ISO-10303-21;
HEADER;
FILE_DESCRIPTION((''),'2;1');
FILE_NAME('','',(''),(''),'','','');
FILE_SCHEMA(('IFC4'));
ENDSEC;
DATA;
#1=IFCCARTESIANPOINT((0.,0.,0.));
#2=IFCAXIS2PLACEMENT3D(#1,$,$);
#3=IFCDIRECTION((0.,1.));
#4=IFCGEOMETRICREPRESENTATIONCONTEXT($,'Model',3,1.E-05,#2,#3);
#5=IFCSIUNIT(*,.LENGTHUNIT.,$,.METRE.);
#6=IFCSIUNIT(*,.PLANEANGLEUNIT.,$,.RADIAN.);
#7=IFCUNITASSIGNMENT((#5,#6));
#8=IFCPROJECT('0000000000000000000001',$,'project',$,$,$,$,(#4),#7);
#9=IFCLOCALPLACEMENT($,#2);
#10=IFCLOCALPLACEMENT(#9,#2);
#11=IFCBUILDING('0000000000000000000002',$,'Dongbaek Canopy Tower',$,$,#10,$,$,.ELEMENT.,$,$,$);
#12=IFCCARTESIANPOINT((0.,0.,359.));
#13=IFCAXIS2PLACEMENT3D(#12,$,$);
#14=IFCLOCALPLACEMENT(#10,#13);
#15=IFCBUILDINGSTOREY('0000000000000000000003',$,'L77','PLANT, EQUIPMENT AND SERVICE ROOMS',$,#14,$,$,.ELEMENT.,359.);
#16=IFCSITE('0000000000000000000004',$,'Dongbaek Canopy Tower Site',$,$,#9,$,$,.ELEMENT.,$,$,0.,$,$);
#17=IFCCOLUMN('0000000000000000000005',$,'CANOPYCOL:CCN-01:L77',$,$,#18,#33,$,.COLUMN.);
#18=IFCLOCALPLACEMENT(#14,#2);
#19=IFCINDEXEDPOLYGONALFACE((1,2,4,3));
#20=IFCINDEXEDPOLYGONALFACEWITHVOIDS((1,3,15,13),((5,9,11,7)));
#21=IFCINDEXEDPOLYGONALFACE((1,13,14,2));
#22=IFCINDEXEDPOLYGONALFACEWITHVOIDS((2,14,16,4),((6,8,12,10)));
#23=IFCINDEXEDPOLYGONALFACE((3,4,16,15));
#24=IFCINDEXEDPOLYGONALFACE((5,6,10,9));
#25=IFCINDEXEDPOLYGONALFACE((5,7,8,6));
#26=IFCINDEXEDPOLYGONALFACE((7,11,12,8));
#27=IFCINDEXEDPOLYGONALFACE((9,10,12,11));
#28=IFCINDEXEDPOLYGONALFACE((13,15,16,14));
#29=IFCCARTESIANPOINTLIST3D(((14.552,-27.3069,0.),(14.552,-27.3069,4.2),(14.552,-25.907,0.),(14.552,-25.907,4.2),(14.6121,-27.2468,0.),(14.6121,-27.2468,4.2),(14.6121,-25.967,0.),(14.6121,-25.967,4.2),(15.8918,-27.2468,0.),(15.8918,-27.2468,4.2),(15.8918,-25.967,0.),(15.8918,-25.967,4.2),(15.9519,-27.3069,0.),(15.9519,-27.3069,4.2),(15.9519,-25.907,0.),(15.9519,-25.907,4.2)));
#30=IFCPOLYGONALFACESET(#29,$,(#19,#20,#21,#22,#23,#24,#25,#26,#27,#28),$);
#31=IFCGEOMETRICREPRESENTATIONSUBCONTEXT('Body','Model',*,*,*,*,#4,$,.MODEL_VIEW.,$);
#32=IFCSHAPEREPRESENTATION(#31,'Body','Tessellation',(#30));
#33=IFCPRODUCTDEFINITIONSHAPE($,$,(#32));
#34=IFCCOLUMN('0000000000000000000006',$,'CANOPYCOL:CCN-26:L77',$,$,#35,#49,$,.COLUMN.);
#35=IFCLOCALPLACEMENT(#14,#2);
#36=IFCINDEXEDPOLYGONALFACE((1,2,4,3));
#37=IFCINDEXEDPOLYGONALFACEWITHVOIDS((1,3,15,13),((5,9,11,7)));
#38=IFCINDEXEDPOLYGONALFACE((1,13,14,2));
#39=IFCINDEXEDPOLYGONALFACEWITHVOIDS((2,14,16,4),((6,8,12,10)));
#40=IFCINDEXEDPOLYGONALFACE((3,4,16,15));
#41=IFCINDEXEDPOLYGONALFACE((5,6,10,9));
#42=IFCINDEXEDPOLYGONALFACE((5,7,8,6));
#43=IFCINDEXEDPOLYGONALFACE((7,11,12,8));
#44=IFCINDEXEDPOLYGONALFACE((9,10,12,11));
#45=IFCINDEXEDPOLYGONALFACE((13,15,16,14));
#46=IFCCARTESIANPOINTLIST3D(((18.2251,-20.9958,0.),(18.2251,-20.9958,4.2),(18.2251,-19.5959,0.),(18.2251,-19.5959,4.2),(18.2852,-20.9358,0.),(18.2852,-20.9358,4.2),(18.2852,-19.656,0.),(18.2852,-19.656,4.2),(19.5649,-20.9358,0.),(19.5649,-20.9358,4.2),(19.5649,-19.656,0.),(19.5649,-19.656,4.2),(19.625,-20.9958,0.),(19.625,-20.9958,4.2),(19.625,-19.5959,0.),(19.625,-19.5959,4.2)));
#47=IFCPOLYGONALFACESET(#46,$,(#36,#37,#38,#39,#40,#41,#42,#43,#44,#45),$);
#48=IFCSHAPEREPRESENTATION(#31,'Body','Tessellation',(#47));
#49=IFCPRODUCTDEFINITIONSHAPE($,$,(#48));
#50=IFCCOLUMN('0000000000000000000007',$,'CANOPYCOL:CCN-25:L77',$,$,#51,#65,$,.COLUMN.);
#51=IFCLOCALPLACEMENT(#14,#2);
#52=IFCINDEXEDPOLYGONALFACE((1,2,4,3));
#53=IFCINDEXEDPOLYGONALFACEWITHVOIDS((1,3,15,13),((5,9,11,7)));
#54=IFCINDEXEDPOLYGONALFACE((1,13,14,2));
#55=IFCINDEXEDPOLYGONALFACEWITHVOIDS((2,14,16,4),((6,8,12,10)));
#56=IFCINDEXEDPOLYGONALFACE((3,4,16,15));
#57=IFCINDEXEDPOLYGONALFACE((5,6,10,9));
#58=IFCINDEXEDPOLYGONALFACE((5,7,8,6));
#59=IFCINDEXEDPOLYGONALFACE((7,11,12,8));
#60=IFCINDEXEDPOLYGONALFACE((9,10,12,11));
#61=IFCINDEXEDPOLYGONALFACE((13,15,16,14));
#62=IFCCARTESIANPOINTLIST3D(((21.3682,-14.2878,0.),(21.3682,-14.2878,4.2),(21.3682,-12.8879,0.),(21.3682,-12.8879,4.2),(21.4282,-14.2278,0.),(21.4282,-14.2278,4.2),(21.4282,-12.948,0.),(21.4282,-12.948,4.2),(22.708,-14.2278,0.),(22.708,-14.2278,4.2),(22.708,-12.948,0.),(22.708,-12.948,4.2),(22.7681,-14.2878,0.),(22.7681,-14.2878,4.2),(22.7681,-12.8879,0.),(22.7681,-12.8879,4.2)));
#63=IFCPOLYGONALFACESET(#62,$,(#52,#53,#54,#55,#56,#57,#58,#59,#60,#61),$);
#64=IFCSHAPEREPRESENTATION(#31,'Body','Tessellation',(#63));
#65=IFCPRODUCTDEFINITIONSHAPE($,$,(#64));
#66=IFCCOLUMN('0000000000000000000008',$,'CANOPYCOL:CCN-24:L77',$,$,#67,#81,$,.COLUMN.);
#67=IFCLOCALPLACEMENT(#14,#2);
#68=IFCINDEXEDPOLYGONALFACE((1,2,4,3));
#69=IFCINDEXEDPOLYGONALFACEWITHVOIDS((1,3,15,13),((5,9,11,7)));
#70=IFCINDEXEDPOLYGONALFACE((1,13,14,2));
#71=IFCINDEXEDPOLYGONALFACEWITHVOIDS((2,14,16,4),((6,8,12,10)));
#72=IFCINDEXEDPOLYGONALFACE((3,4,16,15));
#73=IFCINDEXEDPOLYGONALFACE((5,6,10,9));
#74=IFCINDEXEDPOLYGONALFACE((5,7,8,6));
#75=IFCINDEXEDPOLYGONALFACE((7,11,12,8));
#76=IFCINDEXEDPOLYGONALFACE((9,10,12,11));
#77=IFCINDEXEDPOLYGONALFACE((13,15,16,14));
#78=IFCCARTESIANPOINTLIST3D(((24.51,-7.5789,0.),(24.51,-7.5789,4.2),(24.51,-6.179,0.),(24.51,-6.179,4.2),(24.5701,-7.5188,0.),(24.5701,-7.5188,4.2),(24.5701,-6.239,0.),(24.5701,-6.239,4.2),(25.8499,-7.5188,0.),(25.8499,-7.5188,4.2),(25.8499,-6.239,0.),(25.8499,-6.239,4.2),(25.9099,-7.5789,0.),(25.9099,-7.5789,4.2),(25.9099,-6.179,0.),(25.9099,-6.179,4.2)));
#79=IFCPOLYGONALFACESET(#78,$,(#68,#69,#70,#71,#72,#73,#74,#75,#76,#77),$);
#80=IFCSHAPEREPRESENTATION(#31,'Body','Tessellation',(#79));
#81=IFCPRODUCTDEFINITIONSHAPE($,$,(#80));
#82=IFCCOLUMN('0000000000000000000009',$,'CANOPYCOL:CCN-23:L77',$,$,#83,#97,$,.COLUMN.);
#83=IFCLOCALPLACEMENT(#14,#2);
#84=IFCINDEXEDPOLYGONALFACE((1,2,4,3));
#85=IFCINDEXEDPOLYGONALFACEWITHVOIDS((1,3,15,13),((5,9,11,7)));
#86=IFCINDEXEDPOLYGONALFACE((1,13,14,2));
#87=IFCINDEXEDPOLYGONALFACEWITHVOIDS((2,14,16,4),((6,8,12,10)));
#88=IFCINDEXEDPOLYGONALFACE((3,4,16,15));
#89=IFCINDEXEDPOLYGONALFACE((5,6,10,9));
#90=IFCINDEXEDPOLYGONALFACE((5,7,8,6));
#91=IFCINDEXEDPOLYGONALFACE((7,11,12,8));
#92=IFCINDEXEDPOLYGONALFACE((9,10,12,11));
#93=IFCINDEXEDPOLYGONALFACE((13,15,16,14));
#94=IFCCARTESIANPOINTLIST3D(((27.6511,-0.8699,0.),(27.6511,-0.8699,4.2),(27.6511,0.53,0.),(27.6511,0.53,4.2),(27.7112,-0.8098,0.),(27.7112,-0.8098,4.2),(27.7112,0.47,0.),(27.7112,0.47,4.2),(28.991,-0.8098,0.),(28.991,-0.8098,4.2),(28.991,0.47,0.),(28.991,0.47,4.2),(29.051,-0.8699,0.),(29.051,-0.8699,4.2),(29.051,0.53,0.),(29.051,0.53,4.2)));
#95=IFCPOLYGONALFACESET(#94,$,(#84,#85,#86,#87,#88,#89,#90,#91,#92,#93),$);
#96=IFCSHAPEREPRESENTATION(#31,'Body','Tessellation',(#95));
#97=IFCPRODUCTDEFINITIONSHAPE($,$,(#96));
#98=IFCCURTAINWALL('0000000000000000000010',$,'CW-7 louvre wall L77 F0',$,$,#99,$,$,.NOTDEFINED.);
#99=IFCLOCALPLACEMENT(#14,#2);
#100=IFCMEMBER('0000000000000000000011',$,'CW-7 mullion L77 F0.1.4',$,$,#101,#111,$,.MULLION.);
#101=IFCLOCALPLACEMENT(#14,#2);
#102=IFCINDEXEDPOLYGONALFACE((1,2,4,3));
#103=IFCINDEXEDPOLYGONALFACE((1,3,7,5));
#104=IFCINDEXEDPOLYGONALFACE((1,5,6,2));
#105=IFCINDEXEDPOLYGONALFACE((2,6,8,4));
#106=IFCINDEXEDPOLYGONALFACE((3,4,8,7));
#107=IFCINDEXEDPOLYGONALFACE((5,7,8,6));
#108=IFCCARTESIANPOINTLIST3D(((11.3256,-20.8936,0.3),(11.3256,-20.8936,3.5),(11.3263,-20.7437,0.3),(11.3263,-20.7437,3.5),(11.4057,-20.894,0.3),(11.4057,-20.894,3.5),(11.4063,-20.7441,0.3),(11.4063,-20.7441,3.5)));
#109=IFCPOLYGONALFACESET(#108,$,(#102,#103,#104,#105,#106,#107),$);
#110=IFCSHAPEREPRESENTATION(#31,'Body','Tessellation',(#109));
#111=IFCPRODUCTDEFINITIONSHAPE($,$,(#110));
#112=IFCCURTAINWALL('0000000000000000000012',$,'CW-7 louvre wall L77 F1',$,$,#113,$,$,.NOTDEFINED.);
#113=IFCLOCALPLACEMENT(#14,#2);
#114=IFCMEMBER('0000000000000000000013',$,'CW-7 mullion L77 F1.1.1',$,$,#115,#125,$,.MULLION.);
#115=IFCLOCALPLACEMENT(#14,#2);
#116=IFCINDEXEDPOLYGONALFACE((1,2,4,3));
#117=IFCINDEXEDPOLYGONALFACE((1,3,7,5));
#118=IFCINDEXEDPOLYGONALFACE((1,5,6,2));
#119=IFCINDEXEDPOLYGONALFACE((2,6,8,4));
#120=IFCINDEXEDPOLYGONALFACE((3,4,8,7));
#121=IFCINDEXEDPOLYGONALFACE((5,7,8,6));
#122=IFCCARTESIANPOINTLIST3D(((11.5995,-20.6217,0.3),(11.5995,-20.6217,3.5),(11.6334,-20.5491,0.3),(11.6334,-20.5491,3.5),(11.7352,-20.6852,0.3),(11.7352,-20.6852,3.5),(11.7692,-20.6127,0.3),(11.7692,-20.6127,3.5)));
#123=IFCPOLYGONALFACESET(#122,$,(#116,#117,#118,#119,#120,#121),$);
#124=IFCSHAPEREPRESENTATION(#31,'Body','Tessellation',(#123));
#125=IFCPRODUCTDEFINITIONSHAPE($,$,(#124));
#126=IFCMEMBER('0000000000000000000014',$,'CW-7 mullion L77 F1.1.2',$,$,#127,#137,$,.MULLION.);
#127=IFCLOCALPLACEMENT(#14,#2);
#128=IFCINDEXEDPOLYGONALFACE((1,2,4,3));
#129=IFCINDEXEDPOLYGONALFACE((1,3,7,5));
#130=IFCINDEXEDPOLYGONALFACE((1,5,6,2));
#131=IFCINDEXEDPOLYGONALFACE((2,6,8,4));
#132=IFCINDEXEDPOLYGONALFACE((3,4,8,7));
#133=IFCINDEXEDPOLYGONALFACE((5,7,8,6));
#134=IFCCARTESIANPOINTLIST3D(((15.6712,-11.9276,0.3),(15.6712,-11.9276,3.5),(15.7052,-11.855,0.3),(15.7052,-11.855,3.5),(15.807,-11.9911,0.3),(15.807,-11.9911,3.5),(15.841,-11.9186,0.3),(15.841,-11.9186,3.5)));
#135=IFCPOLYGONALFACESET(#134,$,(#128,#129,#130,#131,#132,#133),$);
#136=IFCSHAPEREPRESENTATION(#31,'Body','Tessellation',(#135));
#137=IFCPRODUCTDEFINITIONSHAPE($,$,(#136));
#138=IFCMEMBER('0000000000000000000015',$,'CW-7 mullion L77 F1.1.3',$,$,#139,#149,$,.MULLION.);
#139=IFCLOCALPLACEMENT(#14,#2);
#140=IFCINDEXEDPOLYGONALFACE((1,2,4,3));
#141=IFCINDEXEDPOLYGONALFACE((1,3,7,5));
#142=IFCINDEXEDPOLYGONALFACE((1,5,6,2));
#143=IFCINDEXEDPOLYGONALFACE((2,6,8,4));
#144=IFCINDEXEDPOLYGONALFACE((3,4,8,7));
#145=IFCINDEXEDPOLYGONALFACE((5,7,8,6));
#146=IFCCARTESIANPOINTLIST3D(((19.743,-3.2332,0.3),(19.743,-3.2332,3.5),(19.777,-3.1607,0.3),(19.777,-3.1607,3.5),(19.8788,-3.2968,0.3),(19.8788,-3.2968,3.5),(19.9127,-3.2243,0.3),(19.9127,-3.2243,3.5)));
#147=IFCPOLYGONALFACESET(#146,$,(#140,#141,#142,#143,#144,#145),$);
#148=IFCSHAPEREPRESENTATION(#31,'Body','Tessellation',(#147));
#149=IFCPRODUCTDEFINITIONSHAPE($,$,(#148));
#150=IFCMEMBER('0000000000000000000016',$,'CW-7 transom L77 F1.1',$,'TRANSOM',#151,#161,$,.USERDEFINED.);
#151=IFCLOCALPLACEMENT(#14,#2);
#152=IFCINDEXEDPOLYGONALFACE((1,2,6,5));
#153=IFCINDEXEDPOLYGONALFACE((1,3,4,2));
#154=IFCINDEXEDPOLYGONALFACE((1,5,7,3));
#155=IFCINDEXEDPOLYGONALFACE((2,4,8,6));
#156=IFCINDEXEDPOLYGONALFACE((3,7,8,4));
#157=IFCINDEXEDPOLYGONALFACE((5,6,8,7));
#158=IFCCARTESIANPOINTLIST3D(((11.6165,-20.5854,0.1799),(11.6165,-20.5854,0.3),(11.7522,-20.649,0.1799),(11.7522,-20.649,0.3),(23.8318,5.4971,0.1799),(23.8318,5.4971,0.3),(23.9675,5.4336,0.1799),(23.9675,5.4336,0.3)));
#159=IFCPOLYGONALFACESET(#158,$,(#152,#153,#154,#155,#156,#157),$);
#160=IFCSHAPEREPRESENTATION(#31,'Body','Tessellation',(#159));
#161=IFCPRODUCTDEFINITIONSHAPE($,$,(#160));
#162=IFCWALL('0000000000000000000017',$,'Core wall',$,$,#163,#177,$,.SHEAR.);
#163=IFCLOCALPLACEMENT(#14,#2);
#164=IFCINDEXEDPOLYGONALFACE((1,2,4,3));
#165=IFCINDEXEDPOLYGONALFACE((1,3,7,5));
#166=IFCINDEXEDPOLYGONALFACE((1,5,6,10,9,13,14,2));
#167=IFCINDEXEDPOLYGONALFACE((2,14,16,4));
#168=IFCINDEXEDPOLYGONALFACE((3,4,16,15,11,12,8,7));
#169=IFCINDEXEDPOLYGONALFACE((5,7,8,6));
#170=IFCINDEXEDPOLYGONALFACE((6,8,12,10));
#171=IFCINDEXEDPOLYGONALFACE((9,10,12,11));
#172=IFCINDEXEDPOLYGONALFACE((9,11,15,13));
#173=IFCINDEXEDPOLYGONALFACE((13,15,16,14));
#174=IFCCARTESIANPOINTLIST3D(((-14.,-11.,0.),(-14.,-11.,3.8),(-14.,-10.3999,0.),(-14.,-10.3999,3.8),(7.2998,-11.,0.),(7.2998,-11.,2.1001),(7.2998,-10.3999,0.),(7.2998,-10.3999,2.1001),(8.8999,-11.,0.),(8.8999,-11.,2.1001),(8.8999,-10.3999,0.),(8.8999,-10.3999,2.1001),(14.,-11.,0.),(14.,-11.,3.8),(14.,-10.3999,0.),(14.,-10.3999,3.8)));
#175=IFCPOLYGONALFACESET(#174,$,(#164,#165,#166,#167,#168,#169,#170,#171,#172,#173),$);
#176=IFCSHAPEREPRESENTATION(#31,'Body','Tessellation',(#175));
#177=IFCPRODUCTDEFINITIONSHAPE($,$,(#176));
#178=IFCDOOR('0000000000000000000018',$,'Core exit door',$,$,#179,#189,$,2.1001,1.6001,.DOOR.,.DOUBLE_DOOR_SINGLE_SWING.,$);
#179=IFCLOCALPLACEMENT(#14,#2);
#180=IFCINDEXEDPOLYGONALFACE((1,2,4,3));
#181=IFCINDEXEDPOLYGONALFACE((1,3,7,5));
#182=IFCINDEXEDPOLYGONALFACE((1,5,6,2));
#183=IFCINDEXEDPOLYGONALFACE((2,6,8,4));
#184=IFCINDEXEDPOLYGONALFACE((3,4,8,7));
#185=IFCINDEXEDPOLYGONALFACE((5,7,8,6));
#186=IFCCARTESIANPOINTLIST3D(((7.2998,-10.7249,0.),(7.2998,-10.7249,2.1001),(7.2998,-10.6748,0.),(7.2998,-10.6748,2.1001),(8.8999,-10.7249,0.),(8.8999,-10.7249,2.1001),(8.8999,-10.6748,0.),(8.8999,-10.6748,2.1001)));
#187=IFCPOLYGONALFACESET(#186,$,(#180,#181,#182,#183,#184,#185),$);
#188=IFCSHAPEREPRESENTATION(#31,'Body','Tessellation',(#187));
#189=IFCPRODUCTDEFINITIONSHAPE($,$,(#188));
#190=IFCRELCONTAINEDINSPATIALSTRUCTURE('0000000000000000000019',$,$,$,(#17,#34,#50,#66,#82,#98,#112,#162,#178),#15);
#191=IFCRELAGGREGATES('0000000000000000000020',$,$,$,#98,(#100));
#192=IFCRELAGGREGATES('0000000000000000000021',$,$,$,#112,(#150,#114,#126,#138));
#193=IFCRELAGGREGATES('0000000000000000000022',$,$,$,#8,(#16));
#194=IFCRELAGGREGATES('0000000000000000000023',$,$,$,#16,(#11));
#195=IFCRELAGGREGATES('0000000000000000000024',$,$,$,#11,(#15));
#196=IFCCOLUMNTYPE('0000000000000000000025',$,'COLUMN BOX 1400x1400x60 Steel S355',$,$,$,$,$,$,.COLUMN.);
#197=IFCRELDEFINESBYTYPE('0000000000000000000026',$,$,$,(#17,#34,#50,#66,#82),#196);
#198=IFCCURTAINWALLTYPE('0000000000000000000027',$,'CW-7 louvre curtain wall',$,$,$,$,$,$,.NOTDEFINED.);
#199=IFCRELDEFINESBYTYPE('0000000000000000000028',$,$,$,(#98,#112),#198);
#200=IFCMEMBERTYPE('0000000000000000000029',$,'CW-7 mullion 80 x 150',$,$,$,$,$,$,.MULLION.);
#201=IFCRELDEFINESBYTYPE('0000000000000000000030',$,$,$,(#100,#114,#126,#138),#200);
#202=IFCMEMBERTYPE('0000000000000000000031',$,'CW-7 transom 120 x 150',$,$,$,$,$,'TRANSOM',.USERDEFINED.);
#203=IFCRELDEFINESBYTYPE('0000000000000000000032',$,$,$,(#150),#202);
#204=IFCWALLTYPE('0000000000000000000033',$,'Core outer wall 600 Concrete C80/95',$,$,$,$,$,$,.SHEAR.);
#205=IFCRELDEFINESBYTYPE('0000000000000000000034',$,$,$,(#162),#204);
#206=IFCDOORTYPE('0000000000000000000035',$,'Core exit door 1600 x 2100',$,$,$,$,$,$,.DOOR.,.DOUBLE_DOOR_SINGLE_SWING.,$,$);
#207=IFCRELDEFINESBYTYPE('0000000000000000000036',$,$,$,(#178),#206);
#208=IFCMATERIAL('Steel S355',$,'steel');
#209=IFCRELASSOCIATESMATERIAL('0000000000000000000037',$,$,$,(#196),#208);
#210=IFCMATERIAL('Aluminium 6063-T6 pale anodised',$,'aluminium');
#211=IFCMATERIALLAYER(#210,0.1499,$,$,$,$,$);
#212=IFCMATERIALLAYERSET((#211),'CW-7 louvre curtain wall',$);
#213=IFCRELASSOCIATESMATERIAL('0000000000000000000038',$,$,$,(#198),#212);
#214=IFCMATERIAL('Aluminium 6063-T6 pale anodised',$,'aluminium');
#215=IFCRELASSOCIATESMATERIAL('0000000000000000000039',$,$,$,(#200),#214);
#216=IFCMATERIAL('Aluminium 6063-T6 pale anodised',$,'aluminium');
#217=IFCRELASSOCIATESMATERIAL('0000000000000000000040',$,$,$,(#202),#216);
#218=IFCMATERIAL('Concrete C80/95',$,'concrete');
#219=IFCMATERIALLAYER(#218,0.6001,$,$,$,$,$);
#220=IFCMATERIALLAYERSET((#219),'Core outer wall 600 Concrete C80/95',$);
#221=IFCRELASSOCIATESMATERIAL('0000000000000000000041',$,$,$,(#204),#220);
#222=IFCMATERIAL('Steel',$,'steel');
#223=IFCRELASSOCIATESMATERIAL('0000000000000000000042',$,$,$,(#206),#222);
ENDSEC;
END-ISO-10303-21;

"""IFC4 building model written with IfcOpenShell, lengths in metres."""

from ifc_helpers import new_model, si_unit, direction, frame, frame_2d, origin, origin_2d, place, context, subcontext, project, spatial, rectangle, hollow_rectangle, extrude, material, layer, layer_set, material_profile, profile_set, type_object, element, fill, aggregate, save


model = new_model("IFC4")

# Units and contexts
model_context = context("Model", 3, precision=1e-05, world=origin(), true_north=direction((0.0, 1.0)))
body_context = subcontext(model_context, "Body", "Model", "MODEL_VIEW")
ifc_project = project(units=[si_unit("LENGTHUNIT", "METRE"), si_unit("PLANEANGLEUNIT", "RADIAN")], contexts=[model_context])

# Site, building, storey
site_placement = place(None, origin())
site = spatial("IfcSite", under=ifc_project, at=site_placement, Name="Dongbaek Canopy Tower Site", CompositionType="ELEMENT", RefElevation=0.0)
building_placement = place(site_placement, origin())
building = spatial("IfcBuilding", under=site, at=building_placement, Name="Dongbaek Canopy Tower", CompositionType="ELEMENT")
storey_placement = place(building_placement, frame((0.0, 0.0, 359.0)))
storey = spatial("IfcBuildingStorey", under=building, at=storey_placement, Name="L77", Description="PLANT, EQUIPMENT AND SERVICE ROOMS", CompositionType="ELEMENT", Elevation=359.0)

# Columns
ifc_material_1 = material(Name="Steel S355", Category="steel")
ifc_material_profile_1 = material_profile(ifc_material_1, hollow_rectangle(XDim=1.3999, YDim=1.3999, WallThickness=0.0601, at=origin_2d()), Name="COLUMN BOX 1400x1400x60 Steel S355")
ifc_profile_set_1 = profile_set([ifc_material_profile_1], Name="Steel S355")
column_type = type_object("IfcColumnType", Name="COLUMN BOX 1400x1400x60 Steel S355", PredefinedType="COLUMN", material=ifc_profile_set_1)
for number, where, z_axis, x_axis, name in (
    (1, (15.252, -26.6069, 0.0), (0.0, 0.0, 1.0), (1.0, 0.0, 0.0), "CANOPYCOL:CCN-01:L77"),
    (2, (18.925, -20.2959, 0.0), (0.0, 0.0, 1.0), (1.0, 0.0, 0.0), "CANOPYCOL:CCN-26:L77"),
    (3, (22.0681, -13.5879, 0.0), (0.0, 0.0, 1.0), (1.0, 0.0, 0.0), "CANOPYCOL:CCN-25:L77"),
    (4, (25.21, -6.8789, 0.0), (0.0, 0.0, 1.0), (1.0, 0.0, 0.0), "CANOPYCOL:CCN-24:L77"),
    (5, (28.3511, -0.1699, 0.0), (0.0, 0.0, 1.0), (1.0, 0.0, 0.0), "CANOPYCOL:CCN-23:L77"),
):
    element("IfcColumn", number, at=place(storey_placement, frame(where, z_axis=z_axis, x_axis=x_axis)), inside=storey, type_object=column_type, Name=name, PredefinedType="COLUMN", context=body_context, shape_type="SweptSolid", body=[
        extrude(hollow_rectangle(XDim=1.3999, YDim=1.3999, WallThickness=0.0601, at=origin_2d()), origin(), (0.0, 0.0, 1.0), 4.2),
    ])

# Curtain wall, member
ifc_material_2 = material(Name="Aluminium 6063-T6 pale anodised", Category="aluminium")
ifc_layer_1 = layer(ifc_material_2, 0.1499)
ifc_layer_set_1 = layer_set([ifc_layer_1], Name="CW-7 louvre curtain wall")
curtain_wall_type = type_object("IfcCurtainWallType", Name="CW-7 louvre curtain wall", PredefinedType="NOTDEFINED", material=ifc_layer_set_1)
curtain_wall_1_placement = place(storey_placement, origin())
curtain_wall_1 = element("IfcCurtainWall", 6, at=curtain_wall_1_placement, inside=storey, type_object=curtain_wall_type, Name="CW-7 louvre wall L77 F0", PredefinedType="NOTDEFINED")
ifc_material_3 = material(Name="Aluminium 6063-T6 pale anodised", Category="aluminium")
ifc_material_profile_2 = material_profile(ifc_material_3, rectangle(XDim=0.1499, YDim=0.0801, at=origin_2d()), Name="CW-7 mullion 80 x 150")
ifc_profile_set_2 = profile_set([ifc_material_profile_2], Name="Aluminium 6063-T6 pale anodised")
member_type_1 = type_object("IfcMemberType", Name="CW-7 mullion 80 x 150", PredefinedType="MULLION", material=ifc_profile_set_2)
member_1_placement = place(storey_placement, frame((11.366, -20.8188, 0.3), z_axis=(0.0, 0.0, 1.0), x_axis=(-0.004466, -0.99999, 0.0)))
member_1 = element("IfcMember", 7, at=member_1_placement, type_object=member_type_1, Name="CW-7 mullion L77 F0.1.4", PredefinedType="MULLION", context=body_context, shape_type="SweptSolid", body=[
    extrude(rectangle(XDim=0.1499, YDim=0.0801, at=origin_2d()), origin(), (0.0, 0.0, 1.0), 3.2),
])
aggregate(curtain_wall_1, [member_1])

# Curtain wall, members
curtain_wall_2_placement = place(storey_placement, origin())
curtain_wall_2 = element("IfcCurtainWall", 8, at=curtain_wall_2_placement, inside=storey, type_object=curtain_wall_type, Name="CW-7 louvre wall L77 F1", PredefinedType="NOTDEFINED")
member_2_placement = place(storey_placement, frame((11.6843, -20.6172, 0.3), z_axis=(0.0, 0.0, 1.0), x_axis=(0.905605, -0.424123, 0.0)))
member_2 = element("IfcMember", 9, at=member_2_placement, type_object=member_type_1, Name="CW-7 mullion L77 F1.1.1", PredefinedType="MULLION", context=body_context, shape_type="SweptSolid", body=[
    extrude(rectangle(XDim=0.1499, YDim=0.0801, at=origin_2d()), origin(), (0.0, 0.0, 1.0), 3.2),
])
member_3_placement = place(storey_placement, frame((15.7561, -11.9231, 0.3), z_axis=(0.0, 0.0, 1.0), x_axis=(0.905605, -0.424123, 0.0)))
member_3 = element("IfcMember", 10, at=member_3_placement, type_object=member_type_1, Name="CW-7 mullion L77 F1.1.2", PredefinedType="MULLION", context=body_context, shape_type="SweptSolid", body=[
    extrude(rectangle(XDim=0.1499, YDim=0.0801, at=origin_2d()), origin(), (0.0, 0.0, 1.0), 3.2),
])
member_4_placement = place(storey_placement, frame((19.8279, -3.2288, 0.3), z_axis=(0.0, 0.0, 1.0), x_axis=(0.905605, -0.424123, 0.0)))
member_4 = element("IfcMember", 11, at=member_4_placement, type_object=member_type_1, Name="CW-7 mullion L77 F1.1.3", PredefinedType="MULLION", context=body_context, shape_type="SweptSolid", body=[
    extrude(rectangle(XDim=0.1499, YDim=0.0801, at=origin_2d()), origin(), (0.0, 0.0, 1.0), 3.2),
])
ifc_material_4 = material(Name="Aluminium 6063-T6 pale anodised", Category="aluminium")
ifc_material_profile_3 = material_profile(ifc_material_4, rectangle(XDim=0.1499, YDim=0.1201, at=origin_2d()), Name="CW-7 transom 120 x 150")
ifc_profile_set_3 = profile_set([ifc_material_profile_3], Name="Aluminium 6063-T6 pale anodised")
member_type_2 = type_object("IfcMemberType", Name="CW-7 transom 120 x 150", ElementType="TRANSOM", PredefinedType="USERDEFINED", material=ifc_profile_set_3)
member_5_placement = place(storey_placement, frame((11.6843, -20.6172, 0.24), z_axis=(0.424125, 0.905604, 0.0), x_axis=(-0.905604, 0.424125, 0.0)))
member_5 = element("IfcMember", 12, at=member_5_placement, type_object=member_type_2, Name="CW-7 transom L77 F1.1", ObjectType="TRANSOM", PredefinedType="USERDEFINED", context=body_context, shape_type="SweptSolid", body=[
    extrude(rectangle(XDim=0.1499, YDim=0.1201, at=origin_2d()), origin(), (0.0, 0.0, 1.0), 28.8013),
])

# Wall, opening, door
ifc_material_5 = material(Name="Concrete C80/95", Category="concrete")
ifc_layer_2 = layer(ifc_material_5, 0.6001)
ifc_layer_set_2 = layer_set([ifc_layer_2], Name="Core outer wall 600 Concrete C80/95")
wall_type_1 = type_object("IfcWallType", Name="Core outer wall 600 Concrete C80/95", PredefinedType="SHEAR", material=ifc_layer_set_2)
wall_1_placement = place(storey_placement, frame((14.0, -10.7, 0.0), z_axis=(0.0, 0.0, 1.0), x_axis=(-1.0, 0.0, 0.0)))
wall_1 = element("IfcWall", 13, at=wall_1_placement, inside=storey, type_object=wall_type_1, Name="Core wall", PredefinedType="SHEAR", context=body_context, shape_type="SweptSolid", body=[
    extrude(rectangle(XDim=28.0, YDim=0.6001, at=frame_2d((14.0, 0.0))), origin(), (0.0, 0.0, 1.0), 3.8),
])
opening_1_placement = place(wall_1_placement, frame((5.1001, 0.0, 0.0)))
opening_1 = element("IfcOpeningElement", 14, at=opening_1_placement, cuts=wall_1, PredefinedType="OPENING", context=body_context, shape_type="SweptSolid", body=[
    extrude(rectangle(XDim=1.6001, YDim=2.1001, at=frame_2d((0.8, 1.05))), frame((0.0, 0.3101, 0.0), z_axis=(0.0, -1.0, 0.0), x_axis=(1.0, 0.0, 0.0)), (0.0, 0.0, 1.0), 0.6201),
])
ifc_material_6 = material(Name="Steel", Category="steel")
door_type_1 = type_object("IfcDoorType", Name="Core exit door 1600 x 2100", OperationType="DOUBLE_DOOR_SINGLE_SWING", PredefinedType="DOOR", material=ifc_material_6)
door_1_placement = place(opening_1_placement, origin())
door_1 = element("IfcDoor", 15, at=door_1_placement, inside=storey, type_object=door_type_1, Name="Core exit door", OperationType="DOUBLE_DOOR_SINGLE_SWING", OverallHeight=2.1001, OverallWidth=1.6001, PredefinedType="DOOR", context=body_context, shape_type="SweptSolid", body=[
    extrude(rectangle(XDim=1.6001, YDim=2.1001, at=frame_2d((0.8, 1.05))), frame((0.0, 0.0249, 0.0), z_axis=(0.0, -1.0, 0.0), x_axis=(1.0, 0.0, 0.0)), (0.0, 0.0, 1.0), 0.05),
])
fill(opening_1, door_1)

aggregate(curtain_wall_2, [member_5, member_2, member_3, member_4])

save(model, "model.ifc")
